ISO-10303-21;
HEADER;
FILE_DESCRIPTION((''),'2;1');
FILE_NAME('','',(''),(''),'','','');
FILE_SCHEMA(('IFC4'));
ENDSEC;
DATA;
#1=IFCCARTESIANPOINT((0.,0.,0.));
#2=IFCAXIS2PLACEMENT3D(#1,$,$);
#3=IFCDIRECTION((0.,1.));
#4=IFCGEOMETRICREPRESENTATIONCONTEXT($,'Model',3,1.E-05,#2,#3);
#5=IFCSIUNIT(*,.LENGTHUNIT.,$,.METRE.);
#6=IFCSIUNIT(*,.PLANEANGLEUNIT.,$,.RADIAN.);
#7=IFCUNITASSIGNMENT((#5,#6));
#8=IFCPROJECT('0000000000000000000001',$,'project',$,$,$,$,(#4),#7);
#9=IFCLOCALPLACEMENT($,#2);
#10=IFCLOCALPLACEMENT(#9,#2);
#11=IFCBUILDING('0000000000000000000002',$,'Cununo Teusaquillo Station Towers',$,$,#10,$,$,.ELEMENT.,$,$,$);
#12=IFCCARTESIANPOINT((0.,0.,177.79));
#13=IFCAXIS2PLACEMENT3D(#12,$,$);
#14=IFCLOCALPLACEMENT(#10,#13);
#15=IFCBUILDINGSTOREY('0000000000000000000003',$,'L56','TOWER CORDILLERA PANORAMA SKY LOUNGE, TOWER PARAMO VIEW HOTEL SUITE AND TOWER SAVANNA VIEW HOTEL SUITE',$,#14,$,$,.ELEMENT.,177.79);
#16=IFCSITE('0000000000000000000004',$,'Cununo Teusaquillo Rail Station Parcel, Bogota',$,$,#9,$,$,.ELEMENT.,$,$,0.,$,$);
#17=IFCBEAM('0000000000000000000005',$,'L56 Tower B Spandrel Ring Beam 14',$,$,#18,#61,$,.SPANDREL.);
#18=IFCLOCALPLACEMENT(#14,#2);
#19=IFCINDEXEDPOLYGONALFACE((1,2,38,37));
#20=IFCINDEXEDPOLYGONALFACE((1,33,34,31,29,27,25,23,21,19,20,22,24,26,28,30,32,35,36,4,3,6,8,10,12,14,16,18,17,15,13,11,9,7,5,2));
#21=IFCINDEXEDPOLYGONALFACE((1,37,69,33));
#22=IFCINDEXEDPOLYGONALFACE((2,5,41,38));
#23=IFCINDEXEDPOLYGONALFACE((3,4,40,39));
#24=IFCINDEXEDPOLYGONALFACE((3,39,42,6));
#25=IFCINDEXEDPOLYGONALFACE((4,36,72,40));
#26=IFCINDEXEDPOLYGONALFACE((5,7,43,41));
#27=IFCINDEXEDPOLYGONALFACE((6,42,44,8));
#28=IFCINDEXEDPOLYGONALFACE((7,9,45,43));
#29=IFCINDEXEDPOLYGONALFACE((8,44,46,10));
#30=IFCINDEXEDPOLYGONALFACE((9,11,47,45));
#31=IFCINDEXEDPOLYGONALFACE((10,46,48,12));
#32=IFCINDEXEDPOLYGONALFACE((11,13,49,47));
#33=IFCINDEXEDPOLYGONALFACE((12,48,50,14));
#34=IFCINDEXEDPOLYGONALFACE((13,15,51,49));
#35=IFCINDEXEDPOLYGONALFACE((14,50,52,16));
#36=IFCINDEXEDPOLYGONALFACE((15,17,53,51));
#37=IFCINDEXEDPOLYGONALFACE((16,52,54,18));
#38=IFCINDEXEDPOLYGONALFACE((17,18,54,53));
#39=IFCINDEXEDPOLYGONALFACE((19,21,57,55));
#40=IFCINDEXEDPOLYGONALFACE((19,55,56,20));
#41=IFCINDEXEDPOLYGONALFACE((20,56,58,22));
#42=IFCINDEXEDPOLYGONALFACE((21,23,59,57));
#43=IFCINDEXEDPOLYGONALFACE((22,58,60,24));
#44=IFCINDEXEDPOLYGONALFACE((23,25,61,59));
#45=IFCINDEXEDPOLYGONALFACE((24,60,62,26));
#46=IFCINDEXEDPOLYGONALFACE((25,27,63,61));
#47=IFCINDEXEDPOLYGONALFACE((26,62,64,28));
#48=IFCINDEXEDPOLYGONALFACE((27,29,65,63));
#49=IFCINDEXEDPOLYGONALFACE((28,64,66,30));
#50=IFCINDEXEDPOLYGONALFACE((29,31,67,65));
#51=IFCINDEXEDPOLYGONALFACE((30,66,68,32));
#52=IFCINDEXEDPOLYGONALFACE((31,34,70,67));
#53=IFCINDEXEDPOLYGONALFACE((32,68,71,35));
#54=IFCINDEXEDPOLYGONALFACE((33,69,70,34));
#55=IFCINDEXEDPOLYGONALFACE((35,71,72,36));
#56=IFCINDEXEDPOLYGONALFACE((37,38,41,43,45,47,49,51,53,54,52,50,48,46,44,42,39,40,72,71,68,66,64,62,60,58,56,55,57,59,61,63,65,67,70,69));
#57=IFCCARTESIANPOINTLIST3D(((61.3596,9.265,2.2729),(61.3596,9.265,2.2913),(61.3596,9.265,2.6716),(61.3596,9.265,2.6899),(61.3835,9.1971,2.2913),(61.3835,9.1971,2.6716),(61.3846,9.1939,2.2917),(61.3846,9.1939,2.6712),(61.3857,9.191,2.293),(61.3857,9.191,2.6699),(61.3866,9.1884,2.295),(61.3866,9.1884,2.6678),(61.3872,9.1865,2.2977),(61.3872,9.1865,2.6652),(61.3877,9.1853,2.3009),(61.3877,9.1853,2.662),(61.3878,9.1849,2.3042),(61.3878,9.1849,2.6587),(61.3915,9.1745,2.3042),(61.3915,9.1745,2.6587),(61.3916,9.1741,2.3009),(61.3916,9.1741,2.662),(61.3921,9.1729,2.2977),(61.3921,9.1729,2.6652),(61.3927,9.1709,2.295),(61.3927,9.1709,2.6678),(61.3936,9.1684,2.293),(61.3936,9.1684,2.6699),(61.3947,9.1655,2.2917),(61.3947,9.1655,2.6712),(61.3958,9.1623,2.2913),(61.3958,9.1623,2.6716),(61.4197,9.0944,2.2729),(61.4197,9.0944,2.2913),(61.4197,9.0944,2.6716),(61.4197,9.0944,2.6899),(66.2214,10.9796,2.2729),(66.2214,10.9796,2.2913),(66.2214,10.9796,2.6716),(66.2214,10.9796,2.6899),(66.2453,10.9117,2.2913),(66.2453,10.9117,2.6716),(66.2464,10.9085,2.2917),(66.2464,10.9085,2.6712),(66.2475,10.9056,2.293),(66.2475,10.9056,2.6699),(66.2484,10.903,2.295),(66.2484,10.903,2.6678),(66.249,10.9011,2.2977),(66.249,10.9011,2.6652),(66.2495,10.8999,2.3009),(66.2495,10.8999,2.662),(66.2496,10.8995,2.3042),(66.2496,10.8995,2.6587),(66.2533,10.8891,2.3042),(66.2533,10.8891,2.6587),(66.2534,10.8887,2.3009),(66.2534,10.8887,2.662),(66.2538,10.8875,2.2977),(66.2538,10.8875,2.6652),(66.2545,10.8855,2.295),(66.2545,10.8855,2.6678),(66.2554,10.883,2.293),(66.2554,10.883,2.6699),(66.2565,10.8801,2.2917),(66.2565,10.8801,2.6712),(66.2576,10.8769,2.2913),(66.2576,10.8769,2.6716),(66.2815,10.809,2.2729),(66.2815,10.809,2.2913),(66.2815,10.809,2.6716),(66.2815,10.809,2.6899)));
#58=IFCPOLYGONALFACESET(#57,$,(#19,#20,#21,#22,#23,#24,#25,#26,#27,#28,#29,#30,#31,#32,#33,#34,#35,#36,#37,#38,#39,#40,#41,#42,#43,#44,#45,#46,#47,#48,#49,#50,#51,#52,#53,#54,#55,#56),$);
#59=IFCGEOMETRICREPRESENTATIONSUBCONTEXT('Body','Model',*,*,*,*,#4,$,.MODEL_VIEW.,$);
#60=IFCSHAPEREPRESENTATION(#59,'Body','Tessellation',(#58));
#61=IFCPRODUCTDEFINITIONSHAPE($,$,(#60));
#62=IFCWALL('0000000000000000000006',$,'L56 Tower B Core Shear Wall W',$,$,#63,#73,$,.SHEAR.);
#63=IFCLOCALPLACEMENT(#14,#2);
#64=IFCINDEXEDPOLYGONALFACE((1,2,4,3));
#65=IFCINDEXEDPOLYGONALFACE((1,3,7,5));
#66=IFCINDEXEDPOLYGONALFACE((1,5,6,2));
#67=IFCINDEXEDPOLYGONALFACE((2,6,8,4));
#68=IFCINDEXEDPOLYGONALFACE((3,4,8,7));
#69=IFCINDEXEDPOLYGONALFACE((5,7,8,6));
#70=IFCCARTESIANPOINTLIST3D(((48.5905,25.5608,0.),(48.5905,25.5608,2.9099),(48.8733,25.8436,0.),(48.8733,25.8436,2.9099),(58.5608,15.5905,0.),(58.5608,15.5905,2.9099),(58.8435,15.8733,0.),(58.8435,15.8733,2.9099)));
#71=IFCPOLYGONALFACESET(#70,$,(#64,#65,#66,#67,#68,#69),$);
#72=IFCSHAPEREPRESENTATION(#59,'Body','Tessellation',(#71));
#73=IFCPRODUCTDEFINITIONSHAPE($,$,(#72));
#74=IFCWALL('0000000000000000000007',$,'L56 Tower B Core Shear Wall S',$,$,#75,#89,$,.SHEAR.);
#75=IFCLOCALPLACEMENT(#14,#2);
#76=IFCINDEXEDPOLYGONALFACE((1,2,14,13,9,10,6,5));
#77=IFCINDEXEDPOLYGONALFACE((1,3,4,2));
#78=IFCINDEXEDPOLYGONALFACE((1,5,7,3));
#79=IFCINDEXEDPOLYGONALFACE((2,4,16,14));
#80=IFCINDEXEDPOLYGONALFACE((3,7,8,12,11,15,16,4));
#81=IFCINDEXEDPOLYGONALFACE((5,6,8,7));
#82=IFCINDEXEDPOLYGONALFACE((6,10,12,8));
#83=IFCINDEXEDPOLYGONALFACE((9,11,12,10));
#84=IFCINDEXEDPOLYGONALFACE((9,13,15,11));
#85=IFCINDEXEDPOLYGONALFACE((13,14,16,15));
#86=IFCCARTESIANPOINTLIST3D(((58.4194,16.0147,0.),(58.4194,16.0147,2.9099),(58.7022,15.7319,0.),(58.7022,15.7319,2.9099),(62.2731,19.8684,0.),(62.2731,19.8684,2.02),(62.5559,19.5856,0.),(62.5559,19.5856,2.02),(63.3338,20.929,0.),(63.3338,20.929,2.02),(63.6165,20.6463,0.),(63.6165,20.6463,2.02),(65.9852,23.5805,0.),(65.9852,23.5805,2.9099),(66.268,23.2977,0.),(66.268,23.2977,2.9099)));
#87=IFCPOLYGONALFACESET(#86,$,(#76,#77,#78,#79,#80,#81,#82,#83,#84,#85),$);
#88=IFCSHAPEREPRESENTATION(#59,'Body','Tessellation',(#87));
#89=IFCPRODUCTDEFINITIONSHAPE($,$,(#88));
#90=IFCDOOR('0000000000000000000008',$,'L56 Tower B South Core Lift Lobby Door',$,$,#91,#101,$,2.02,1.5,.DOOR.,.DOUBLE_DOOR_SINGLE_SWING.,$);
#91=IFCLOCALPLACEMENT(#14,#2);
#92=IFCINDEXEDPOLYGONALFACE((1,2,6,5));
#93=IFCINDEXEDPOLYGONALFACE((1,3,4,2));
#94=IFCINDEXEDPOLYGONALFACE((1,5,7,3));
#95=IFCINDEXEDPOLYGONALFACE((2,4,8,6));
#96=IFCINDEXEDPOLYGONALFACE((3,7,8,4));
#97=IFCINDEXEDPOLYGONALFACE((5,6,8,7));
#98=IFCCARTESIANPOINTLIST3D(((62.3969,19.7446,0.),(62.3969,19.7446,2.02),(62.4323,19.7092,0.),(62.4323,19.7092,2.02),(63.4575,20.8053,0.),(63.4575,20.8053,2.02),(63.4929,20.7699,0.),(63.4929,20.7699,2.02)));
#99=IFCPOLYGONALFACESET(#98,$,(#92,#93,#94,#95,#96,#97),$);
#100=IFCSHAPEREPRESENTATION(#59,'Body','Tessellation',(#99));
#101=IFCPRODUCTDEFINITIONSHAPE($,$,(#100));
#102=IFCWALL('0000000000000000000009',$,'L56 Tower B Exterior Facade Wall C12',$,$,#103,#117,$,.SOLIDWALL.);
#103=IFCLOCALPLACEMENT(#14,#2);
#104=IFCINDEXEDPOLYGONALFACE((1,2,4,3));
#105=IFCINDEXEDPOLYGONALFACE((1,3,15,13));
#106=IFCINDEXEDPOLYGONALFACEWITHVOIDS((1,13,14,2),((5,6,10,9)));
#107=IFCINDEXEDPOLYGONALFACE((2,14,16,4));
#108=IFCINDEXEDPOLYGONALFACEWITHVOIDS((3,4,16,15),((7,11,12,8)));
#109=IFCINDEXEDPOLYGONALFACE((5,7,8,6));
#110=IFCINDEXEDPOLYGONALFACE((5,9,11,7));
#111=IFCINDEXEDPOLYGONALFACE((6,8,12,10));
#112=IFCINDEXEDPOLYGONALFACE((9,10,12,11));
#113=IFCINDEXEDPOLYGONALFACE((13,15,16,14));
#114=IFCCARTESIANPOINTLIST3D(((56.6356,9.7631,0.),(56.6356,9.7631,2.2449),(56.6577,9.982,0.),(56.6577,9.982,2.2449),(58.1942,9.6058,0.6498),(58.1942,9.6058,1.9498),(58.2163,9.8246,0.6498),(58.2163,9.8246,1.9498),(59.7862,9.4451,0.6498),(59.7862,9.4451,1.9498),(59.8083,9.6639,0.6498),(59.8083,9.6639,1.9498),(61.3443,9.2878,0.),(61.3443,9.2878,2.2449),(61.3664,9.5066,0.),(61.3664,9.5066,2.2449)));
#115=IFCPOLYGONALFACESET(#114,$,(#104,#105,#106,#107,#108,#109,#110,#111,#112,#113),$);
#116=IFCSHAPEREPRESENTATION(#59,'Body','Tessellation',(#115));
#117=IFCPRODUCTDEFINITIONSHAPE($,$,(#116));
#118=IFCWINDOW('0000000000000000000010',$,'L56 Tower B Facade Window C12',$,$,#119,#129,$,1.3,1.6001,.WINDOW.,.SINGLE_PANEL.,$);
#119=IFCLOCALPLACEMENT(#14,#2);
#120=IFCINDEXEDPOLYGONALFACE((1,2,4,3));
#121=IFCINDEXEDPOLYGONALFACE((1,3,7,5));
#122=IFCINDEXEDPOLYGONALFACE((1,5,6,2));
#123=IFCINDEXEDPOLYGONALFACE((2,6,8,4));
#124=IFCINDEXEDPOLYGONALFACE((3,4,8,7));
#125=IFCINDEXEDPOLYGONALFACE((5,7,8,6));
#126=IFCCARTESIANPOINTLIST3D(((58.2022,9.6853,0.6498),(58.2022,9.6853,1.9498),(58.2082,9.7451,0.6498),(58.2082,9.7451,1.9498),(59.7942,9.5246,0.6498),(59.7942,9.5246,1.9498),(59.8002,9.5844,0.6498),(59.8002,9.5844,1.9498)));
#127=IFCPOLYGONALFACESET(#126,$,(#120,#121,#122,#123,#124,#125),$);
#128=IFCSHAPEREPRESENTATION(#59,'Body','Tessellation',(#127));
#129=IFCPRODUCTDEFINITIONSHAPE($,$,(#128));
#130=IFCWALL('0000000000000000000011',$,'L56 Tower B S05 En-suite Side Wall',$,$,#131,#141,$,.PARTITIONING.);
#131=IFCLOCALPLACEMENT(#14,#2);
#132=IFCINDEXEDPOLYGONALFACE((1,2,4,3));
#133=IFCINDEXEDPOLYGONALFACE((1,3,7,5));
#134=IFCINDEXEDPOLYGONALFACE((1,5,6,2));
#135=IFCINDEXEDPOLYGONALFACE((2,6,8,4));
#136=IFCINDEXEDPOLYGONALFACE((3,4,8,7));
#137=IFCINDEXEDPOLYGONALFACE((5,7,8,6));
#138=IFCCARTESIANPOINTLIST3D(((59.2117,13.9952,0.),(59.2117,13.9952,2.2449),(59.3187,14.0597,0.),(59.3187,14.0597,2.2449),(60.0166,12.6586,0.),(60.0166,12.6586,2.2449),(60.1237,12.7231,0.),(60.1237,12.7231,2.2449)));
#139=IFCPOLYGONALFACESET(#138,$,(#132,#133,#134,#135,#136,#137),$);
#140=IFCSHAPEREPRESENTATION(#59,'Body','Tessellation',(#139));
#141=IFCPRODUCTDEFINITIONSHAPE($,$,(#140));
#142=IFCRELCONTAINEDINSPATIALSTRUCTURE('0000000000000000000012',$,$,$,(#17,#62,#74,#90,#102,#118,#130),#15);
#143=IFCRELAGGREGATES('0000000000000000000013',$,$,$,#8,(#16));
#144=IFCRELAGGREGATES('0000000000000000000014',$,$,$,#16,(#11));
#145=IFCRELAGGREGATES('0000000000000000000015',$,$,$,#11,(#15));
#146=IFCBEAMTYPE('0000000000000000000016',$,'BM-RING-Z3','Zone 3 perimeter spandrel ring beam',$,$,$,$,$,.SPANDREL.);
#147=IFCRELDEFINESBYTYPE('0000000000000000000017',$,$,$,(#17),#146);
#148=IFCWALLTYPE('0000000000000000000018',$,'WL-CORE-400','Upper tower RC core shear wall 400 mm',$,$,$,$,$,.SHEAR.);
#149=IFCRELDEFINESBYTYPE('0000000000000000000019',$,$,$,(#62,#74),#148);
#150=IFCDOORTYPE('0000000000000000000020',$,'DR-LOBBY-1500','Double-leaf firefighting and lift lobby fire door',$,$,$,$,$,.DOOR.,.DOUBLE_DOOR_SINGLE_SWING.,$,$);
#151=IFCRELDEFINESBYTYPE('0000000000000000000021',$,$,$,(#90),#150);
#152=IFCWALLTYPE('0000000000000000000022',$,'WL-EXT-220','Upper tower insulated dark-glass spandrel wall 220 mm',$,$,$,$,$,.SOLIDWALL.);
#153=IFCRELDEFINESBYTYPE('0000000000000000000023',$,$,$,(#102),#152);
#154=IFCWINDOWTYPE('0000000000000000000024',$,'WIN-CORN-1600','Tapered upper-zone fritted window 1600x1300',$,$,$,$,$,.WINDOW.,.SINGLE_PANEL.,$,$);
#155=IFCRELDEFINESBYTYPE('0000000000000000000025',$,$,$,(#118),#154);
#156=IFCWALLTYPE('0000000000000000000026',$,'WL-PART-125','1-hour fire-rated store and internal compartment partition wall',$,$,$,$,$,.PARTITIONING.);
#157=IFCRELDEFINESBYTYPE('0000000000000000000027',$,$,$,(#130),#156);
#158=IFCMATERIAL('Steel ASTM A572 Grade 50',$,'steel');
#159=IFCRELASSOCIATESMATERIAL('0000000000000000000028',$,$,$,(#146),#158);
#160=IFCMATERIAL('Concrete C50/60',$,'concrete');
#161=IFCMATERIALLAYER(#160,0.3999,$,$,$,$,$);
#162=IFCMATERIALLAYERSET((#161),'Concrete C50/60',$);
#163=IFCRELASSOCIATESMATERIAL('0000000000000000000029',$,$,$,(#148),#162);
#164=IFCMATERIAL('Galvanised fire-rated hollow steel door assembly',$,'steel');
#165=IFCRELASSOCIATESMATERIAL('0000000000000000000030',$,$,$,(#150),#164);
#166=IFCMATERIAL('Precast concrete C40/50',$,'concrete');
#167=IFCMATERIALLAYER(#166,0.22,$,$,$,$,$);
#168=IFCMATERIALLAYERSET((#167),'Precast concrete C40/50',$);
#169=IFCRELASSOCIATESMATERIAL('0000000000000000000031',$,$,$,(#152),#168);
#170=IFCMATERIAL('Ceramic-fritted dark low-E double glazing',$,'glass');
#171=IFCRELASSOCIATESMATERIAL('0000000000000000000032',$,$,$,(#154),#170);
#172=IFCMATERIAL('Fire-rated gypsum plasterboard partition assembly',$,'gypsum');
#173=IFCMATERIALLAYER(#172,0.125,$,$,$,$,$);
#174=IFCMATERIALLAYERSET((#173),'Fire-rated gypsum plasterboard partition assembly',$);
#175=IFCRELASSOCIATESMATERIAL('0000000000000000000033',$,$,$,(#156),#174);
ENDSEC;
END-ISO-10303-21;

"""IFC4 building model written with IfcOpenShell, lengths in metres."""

from ifc_helpers import new_model, si_unit, direction, frame, frame_2d, origin, origin_2d, place, context, subcontext, project, spatial, rectangle, i_section, extrude, source, transform, mapped, material, layer, layer_set, material_profile, profile_set, type_object, element, fill, save


model = new_model("IFC4")

# Units and contexts
model_context = context("Model", 3, precision=1e-05, world=origin(), true_north=direction((0.0, 1.0)))
body_context = subcontext(model_context, "Body", "Model", "MODEL_VIEW")
ifc_project = project(units=[si_unit("LENGTHUNIT", "METRE"), si_unit("PLANEANGLEUNIT", "RADIAN")], contexts=[model_context])

# Site, building, storey
site_placement = place(None, origin())
site = spatial("IfcSite", under=ifc_project, at=site_placement, Name="Cununo Teusaquillo Rail Station Parcel, Bogota", CompositionType="ELEMENT", RefElevation=0.0)
building_placement = place(site_placement, origin())
building = spatial("IfcBuilding", under=site, at=building_placement, Name="Cununo Teusaquillo Station Towers", CompositionType="ELEMENT")
storey_placement = place(building_placement, frame((0.0, 0.0, 177.79)))
storey = spatial("IfcBuildingStorey", under=building, at=storey_placement, Name="L56", Description="TOWER CORDILLERA PANORAMA SKY LOUNGE, TOWER PARAMO VIEW HOTEL SUITE AND TOWER SAVANNA VIEW HOTEL SUITE", CompositionType="ELEMENT", Elevation=177.79)

# Beam
ifc_material_1 = material(Name="Steel ASTM A572 Grade 50", Category="steel")
ifc_material_profile_1 = material_profile(ifc_material_1, i_section(OverallWidth=0.1809, OverallDepth=0.417, WebThickness=0.011, FlangeThickness=0.0183, FilletRadius=0.0129, at=origin_2d()), Name="W16X57")
ifc_profile_set_1 = profile_set([ifc_material_profile_1], Name="Steel ASTM A572 Grade 50")
beam_type_1 = type_object("IfcBeamType", Name="BM-RING-Z3", Description="Zone 3 perimeter spandrel ring beam", PredefinedType="SPANDREL", material=ifc_profile_set_1)
beam_1_placement = place(storey_placement, frame((61.3896, 9.1797, 2.4814), z_axis=(0.943072, 0.33259, 0.0), x_axis=(-0.33259, 0.943072, 0.0)))
element("IfcBeam", 1, at=beam_1_placement, inside=storey, type_object=beam_type_1, Name="L56 Tower B Spandrel Ring Beam 14", PredefinedType="SPANDREL", context=body_context, shape_type="SweptSolid", body=[
    extrude(i_section(OverallWidth=0.1809, OverallDepth=0.417, WebThickness=0.011, FlangeThickness=0.0183, FilletRadius=0.0129, at=origin_2d()), origin(), (0.0, 0.0, 1.0), 5.1553),
])

# Wall
ifc_material_2 = material(Name="Concrete C50/60", Category="concrete")
ifc_layer_1 = layer(ifc_material_2, 0.3999)
ifc_layer_set_1 = layer_set([ifc_layer_1], Name="Concrete C50/60")
wall_type_1 = type_object("IfcWallType", Name="WL-CORE-400", Description="Upper tower RC core shear wall 400 mm", PredefinedType="SHEAR", material=ifc_layer_set_1)
wall_1_placement = place(storey_placement, frame((58.7021, 15.7319, 0.0), z_axis=(0.0, 0.0, 1.0), x_axis=(-0.707107, 0.707107, 0.0)))
element("IfcWall", 2, at=wall_1_placement, inside=storey, type_object=wall_type_1, Name="L56 Tower B Core Shear Wall W", PredefinedType="SHEAR", context=body_context, shape_type="SweptSolid", body=[
    extrude(rectangle(XDim=14.1001, YDim=0.3999, at=frame_2d((7.05, 0.0))), origin(), (0.0, 0.0, 1.0), 2.9099),
])

# Wall, opening, door
wall_2_placement = place(storey_placement, frame((58.5608, 15.8733, 0.0), z_axis=(0.0, 0.0, 1.0), x_axis=(0.707107, 0.707107, 0.0)))
wall_2 = element("IfcWall", 3, at=wall_2_placement, inside=storey, type_object=wall_type_1, Name="L56 Tower B Core Shear Wall S", PredefinedType="SHEAR", context=body_context, shape_type="SweptSolid", body=[
    extrude(rectangle(XDim=10.6997, YDim=0.3999, at=frame_2d((5.3499, 0.0))), origin(), (0.0, 0.0, 1.0), 2.9099),
])
shared_shape_1 = source(origin(), body_context, "Body", "SweptSolid", [
    extrude(rectangle(XDim=1.5, YDim=2.02, at=frame_2d((0.75, 1.01))), frame((0.0, 0.21, 0.0), z_axis=(0.0, -1.0, 0.0), x_axis=(1.0, 0.0, 0.0)), (0.0, 0.0, 1.0), 0.4199),
])
opening_1_placement = place(wall_2_placement, frame((5.45, 0.0, 0.0)))
opening_1 = element("IfcOpeningElement", 4, at=opening_1_placement, cuts=wall_2, PredefinedType="OPENING", context=body_context, shape_type="MappedRepresentation", body=[
    mapped(shared_shape_1, transform((0.0, 0.0, 0.0), x_axis=(1.0, 0.0, 0.0), y_axis=(0.0, 1.0, 0.0), z_axis=(0.0, 0.0, 1.0), scale=1.0)),
])
ifc_material_3 = material(Name="Galvanised fire-rated hollow steel door assembly", Category="steel")
door_type_1 = type_object("IfcDoorType", Name="DR-LOBBY-1500", Description="Double-leaf firefighting and lift lobby fire door", OperationType="DOUBLE_DOOR_SINGLE_SWING", PredefinedType="DOOR", material=ifc_material_3)
shared_shape_2 = source(origin(), body_context, "Body", "SweptSolid", [
    extrude(rectangle(XDim=1.5, YDim=2.02, at=frame_2d((0.75, 1.01))), frame((0.0, 0.0249, 0.0), z_axis=(0.0, -1.0, 0.0), x_axis=(1.0, 0.0, 0.0)), (0.0, 0.0, 1.0), 0.05),
])
door_1_placement = place(opening_1_placement, origin())
door_1 = element("IfcDoor", 5, at=door_1_placement, inside=storey, type_object=door_type_1, Name="L56 Tower B South Core Lift Lobby Door", OperationType="DOUBLE_DOOR_SINGLE_SWING", OverallHeight=2.02, OverallWidth=1.5, PredefinedType="DOOR", context=body_context, shape_type="MappedRepresentation", body=[
    mapped(shared_shape_2, transform((0.0, 0.0, 0.0), x_axis=(1.0, 0.0, 0.0), y_axis=(0.0, 1.0, 0.0), z_axis=(0.0, 0.0, 1.0), scale=1.0)),
])
fill(opening_1, door_1)

# Wall, opening, window
ifc_material_4 = material(Name="Precast concrete C40/50", Category="concrete")
ifc_layer_2 = layer(ifc_material_4, 0.22)
ifc_layer_set_2 = layer_set([ifc_layer_2], Name="Precast concrete C40/50")
wall_type_2 = type_object("IfcWallType", Name="WL-EXT-220", Description="Upper tower insulated dark-glass spandrel wall 220 mm", PredefinedType="SOLIDWALL", material=ifc_layer_set_2)
wall_3_placement = place(storey_placement, frame((61.3552, 9.3972, 0.0), z_axis=(0.0, 0.0, 1.0), x_axis=(-0.994943, 0.100438, 0.0)))
wall_3 = element("IfcWall", 6, at=wall_3_placement, inside=storey, type_object=wall_type_2, Name="L56 Tower B Exterior Facade Wall C12", PredefinedType="SOLIDWALL", context=body_context, shape_type="SweptSolid", body=[
    extrude(rectangle(XDim=4.7327, YDim=0.22, at=frame_2d((2.3662, 0.0))), origin(), (0.0, 0.0, 1.0), 2.2449),
])
shared_shape_3 = source(origin(), body_context, "Body", "SweptSolid", [
    extrude(rectangle(XDim=1.6001, YDim=1.3, at=frame_2d((0.8, 0.6499))), frame((0.0, 0.1199, 0.0), z_axis=(0.0, -1.0, 0.0), x_axis=(1.0, 0.0, 0.0)), (0.0, 0.0, 1.0), 0.24),
])
opening_2_placement = place(wall_3_placement, frame((1.5659, 0.0, 0.6499)))
opening_2 = element("IfcOpeningElement", 7, at=opening_2_placement, cuts=wall_3, PredefinedType="OPENING", context=body_context, shape_type="MappedRepresentation", body=[
    mapped(shared_shape_3, transform((0.0, 0.0, 0.0), x_axis=(1.0, 0.0, 0.0), y_axis=(0.0, 1.0, 0.0), z_axis=(0.0, 0.0, 1.0), scale=1.0)),
])
ifc_material_5 = material(Name="Ceramic-fritted dark low-E double glazing", Category="glass")
window_type = type_object("IfcWindowType", Name="WIN-CORN-1600", Description="Tapered upper-zone fritted window 1600x1300", PartitioningType="SINGLE_PANEL", PredefinedType="WINDOW", material=ifc_material_5)
shared_shape_4 = source(origin(), body_context, "Body", "SweptSolid", [
    extrude(rectangle(XDim=1.6001, YDim=1.3, at=frame_2d((0.8, 0.6499))), frame((0.0, 0.03, 0.0), z_axis=(0.0, -1.0, 0.0), x_axis=(1.0, 0.0, 0.0)), (0.0, 0.0, 1.0), 0.0601),
])
window_placement = place(opening_2_placement, origin())
window = element("IfcWindow", 8, at=window_placement, inside=storey, type_object=window_type, Name="L56 Tower B Facade Window C12", OverallHeight=1.3, OverallWidth=1.6001, PartitioningType="SINGLE_PANEL", PredefinedType="WINDOW", context=body_context, shape_type="MappedRepresentation", body=[
    mapped(shared_shape_4, transform((0.0, 0.0, 0.0), x_axis=(1.0, 0.0, 0.0), y_axis=(0.0, 1.0, 0.0), z_axis=(0.0, 0.0, 1.0), scale=1.0)),
])
fill(opening_2, window)

# Wall
ifc_material_6 = material(Name="Fire-rated gypsum plasterboard partition assembly", Category="gypsum")
ifc_layer_3 = layer(ifc_material_6, 0.125)
ifc_layer_set_3 = layer_set([ifc_layer_3], Name="Fire-rated gypsum plasterboard partition assembly")
wall_type_3 = type_object("IfcWallType", Name="WL-PART-125", Description="1-hour fire-rated store and internal compartment partition wall", PredefinedType="PARTITIONING", material=ifc_layer_set_3)
wall_4_placement = place(storey_placement, frame((59.2651, 14.0276, 0.0), z_axis=(0.0, 0.0, 1.0), x_axis=(0.515876, -0.856663, 0.0)))
element("IfcWall", 9, at=wall_4_placement, inside=storey, type_object=wall_type_3, Name="L56 Tower B S05 En-suite Side Wall", PredefinedType="PARTITIONING", context=body_context, shape_type="SweptSolid", body=[
    extrude(rectangle(XDim=1.5603, YDim=0.125, at=frame_2d((0.7803, 0.0))), origin(), (0.0, 0.0, 1.0), 2.2449),
])

save(model, "model.ifc")
